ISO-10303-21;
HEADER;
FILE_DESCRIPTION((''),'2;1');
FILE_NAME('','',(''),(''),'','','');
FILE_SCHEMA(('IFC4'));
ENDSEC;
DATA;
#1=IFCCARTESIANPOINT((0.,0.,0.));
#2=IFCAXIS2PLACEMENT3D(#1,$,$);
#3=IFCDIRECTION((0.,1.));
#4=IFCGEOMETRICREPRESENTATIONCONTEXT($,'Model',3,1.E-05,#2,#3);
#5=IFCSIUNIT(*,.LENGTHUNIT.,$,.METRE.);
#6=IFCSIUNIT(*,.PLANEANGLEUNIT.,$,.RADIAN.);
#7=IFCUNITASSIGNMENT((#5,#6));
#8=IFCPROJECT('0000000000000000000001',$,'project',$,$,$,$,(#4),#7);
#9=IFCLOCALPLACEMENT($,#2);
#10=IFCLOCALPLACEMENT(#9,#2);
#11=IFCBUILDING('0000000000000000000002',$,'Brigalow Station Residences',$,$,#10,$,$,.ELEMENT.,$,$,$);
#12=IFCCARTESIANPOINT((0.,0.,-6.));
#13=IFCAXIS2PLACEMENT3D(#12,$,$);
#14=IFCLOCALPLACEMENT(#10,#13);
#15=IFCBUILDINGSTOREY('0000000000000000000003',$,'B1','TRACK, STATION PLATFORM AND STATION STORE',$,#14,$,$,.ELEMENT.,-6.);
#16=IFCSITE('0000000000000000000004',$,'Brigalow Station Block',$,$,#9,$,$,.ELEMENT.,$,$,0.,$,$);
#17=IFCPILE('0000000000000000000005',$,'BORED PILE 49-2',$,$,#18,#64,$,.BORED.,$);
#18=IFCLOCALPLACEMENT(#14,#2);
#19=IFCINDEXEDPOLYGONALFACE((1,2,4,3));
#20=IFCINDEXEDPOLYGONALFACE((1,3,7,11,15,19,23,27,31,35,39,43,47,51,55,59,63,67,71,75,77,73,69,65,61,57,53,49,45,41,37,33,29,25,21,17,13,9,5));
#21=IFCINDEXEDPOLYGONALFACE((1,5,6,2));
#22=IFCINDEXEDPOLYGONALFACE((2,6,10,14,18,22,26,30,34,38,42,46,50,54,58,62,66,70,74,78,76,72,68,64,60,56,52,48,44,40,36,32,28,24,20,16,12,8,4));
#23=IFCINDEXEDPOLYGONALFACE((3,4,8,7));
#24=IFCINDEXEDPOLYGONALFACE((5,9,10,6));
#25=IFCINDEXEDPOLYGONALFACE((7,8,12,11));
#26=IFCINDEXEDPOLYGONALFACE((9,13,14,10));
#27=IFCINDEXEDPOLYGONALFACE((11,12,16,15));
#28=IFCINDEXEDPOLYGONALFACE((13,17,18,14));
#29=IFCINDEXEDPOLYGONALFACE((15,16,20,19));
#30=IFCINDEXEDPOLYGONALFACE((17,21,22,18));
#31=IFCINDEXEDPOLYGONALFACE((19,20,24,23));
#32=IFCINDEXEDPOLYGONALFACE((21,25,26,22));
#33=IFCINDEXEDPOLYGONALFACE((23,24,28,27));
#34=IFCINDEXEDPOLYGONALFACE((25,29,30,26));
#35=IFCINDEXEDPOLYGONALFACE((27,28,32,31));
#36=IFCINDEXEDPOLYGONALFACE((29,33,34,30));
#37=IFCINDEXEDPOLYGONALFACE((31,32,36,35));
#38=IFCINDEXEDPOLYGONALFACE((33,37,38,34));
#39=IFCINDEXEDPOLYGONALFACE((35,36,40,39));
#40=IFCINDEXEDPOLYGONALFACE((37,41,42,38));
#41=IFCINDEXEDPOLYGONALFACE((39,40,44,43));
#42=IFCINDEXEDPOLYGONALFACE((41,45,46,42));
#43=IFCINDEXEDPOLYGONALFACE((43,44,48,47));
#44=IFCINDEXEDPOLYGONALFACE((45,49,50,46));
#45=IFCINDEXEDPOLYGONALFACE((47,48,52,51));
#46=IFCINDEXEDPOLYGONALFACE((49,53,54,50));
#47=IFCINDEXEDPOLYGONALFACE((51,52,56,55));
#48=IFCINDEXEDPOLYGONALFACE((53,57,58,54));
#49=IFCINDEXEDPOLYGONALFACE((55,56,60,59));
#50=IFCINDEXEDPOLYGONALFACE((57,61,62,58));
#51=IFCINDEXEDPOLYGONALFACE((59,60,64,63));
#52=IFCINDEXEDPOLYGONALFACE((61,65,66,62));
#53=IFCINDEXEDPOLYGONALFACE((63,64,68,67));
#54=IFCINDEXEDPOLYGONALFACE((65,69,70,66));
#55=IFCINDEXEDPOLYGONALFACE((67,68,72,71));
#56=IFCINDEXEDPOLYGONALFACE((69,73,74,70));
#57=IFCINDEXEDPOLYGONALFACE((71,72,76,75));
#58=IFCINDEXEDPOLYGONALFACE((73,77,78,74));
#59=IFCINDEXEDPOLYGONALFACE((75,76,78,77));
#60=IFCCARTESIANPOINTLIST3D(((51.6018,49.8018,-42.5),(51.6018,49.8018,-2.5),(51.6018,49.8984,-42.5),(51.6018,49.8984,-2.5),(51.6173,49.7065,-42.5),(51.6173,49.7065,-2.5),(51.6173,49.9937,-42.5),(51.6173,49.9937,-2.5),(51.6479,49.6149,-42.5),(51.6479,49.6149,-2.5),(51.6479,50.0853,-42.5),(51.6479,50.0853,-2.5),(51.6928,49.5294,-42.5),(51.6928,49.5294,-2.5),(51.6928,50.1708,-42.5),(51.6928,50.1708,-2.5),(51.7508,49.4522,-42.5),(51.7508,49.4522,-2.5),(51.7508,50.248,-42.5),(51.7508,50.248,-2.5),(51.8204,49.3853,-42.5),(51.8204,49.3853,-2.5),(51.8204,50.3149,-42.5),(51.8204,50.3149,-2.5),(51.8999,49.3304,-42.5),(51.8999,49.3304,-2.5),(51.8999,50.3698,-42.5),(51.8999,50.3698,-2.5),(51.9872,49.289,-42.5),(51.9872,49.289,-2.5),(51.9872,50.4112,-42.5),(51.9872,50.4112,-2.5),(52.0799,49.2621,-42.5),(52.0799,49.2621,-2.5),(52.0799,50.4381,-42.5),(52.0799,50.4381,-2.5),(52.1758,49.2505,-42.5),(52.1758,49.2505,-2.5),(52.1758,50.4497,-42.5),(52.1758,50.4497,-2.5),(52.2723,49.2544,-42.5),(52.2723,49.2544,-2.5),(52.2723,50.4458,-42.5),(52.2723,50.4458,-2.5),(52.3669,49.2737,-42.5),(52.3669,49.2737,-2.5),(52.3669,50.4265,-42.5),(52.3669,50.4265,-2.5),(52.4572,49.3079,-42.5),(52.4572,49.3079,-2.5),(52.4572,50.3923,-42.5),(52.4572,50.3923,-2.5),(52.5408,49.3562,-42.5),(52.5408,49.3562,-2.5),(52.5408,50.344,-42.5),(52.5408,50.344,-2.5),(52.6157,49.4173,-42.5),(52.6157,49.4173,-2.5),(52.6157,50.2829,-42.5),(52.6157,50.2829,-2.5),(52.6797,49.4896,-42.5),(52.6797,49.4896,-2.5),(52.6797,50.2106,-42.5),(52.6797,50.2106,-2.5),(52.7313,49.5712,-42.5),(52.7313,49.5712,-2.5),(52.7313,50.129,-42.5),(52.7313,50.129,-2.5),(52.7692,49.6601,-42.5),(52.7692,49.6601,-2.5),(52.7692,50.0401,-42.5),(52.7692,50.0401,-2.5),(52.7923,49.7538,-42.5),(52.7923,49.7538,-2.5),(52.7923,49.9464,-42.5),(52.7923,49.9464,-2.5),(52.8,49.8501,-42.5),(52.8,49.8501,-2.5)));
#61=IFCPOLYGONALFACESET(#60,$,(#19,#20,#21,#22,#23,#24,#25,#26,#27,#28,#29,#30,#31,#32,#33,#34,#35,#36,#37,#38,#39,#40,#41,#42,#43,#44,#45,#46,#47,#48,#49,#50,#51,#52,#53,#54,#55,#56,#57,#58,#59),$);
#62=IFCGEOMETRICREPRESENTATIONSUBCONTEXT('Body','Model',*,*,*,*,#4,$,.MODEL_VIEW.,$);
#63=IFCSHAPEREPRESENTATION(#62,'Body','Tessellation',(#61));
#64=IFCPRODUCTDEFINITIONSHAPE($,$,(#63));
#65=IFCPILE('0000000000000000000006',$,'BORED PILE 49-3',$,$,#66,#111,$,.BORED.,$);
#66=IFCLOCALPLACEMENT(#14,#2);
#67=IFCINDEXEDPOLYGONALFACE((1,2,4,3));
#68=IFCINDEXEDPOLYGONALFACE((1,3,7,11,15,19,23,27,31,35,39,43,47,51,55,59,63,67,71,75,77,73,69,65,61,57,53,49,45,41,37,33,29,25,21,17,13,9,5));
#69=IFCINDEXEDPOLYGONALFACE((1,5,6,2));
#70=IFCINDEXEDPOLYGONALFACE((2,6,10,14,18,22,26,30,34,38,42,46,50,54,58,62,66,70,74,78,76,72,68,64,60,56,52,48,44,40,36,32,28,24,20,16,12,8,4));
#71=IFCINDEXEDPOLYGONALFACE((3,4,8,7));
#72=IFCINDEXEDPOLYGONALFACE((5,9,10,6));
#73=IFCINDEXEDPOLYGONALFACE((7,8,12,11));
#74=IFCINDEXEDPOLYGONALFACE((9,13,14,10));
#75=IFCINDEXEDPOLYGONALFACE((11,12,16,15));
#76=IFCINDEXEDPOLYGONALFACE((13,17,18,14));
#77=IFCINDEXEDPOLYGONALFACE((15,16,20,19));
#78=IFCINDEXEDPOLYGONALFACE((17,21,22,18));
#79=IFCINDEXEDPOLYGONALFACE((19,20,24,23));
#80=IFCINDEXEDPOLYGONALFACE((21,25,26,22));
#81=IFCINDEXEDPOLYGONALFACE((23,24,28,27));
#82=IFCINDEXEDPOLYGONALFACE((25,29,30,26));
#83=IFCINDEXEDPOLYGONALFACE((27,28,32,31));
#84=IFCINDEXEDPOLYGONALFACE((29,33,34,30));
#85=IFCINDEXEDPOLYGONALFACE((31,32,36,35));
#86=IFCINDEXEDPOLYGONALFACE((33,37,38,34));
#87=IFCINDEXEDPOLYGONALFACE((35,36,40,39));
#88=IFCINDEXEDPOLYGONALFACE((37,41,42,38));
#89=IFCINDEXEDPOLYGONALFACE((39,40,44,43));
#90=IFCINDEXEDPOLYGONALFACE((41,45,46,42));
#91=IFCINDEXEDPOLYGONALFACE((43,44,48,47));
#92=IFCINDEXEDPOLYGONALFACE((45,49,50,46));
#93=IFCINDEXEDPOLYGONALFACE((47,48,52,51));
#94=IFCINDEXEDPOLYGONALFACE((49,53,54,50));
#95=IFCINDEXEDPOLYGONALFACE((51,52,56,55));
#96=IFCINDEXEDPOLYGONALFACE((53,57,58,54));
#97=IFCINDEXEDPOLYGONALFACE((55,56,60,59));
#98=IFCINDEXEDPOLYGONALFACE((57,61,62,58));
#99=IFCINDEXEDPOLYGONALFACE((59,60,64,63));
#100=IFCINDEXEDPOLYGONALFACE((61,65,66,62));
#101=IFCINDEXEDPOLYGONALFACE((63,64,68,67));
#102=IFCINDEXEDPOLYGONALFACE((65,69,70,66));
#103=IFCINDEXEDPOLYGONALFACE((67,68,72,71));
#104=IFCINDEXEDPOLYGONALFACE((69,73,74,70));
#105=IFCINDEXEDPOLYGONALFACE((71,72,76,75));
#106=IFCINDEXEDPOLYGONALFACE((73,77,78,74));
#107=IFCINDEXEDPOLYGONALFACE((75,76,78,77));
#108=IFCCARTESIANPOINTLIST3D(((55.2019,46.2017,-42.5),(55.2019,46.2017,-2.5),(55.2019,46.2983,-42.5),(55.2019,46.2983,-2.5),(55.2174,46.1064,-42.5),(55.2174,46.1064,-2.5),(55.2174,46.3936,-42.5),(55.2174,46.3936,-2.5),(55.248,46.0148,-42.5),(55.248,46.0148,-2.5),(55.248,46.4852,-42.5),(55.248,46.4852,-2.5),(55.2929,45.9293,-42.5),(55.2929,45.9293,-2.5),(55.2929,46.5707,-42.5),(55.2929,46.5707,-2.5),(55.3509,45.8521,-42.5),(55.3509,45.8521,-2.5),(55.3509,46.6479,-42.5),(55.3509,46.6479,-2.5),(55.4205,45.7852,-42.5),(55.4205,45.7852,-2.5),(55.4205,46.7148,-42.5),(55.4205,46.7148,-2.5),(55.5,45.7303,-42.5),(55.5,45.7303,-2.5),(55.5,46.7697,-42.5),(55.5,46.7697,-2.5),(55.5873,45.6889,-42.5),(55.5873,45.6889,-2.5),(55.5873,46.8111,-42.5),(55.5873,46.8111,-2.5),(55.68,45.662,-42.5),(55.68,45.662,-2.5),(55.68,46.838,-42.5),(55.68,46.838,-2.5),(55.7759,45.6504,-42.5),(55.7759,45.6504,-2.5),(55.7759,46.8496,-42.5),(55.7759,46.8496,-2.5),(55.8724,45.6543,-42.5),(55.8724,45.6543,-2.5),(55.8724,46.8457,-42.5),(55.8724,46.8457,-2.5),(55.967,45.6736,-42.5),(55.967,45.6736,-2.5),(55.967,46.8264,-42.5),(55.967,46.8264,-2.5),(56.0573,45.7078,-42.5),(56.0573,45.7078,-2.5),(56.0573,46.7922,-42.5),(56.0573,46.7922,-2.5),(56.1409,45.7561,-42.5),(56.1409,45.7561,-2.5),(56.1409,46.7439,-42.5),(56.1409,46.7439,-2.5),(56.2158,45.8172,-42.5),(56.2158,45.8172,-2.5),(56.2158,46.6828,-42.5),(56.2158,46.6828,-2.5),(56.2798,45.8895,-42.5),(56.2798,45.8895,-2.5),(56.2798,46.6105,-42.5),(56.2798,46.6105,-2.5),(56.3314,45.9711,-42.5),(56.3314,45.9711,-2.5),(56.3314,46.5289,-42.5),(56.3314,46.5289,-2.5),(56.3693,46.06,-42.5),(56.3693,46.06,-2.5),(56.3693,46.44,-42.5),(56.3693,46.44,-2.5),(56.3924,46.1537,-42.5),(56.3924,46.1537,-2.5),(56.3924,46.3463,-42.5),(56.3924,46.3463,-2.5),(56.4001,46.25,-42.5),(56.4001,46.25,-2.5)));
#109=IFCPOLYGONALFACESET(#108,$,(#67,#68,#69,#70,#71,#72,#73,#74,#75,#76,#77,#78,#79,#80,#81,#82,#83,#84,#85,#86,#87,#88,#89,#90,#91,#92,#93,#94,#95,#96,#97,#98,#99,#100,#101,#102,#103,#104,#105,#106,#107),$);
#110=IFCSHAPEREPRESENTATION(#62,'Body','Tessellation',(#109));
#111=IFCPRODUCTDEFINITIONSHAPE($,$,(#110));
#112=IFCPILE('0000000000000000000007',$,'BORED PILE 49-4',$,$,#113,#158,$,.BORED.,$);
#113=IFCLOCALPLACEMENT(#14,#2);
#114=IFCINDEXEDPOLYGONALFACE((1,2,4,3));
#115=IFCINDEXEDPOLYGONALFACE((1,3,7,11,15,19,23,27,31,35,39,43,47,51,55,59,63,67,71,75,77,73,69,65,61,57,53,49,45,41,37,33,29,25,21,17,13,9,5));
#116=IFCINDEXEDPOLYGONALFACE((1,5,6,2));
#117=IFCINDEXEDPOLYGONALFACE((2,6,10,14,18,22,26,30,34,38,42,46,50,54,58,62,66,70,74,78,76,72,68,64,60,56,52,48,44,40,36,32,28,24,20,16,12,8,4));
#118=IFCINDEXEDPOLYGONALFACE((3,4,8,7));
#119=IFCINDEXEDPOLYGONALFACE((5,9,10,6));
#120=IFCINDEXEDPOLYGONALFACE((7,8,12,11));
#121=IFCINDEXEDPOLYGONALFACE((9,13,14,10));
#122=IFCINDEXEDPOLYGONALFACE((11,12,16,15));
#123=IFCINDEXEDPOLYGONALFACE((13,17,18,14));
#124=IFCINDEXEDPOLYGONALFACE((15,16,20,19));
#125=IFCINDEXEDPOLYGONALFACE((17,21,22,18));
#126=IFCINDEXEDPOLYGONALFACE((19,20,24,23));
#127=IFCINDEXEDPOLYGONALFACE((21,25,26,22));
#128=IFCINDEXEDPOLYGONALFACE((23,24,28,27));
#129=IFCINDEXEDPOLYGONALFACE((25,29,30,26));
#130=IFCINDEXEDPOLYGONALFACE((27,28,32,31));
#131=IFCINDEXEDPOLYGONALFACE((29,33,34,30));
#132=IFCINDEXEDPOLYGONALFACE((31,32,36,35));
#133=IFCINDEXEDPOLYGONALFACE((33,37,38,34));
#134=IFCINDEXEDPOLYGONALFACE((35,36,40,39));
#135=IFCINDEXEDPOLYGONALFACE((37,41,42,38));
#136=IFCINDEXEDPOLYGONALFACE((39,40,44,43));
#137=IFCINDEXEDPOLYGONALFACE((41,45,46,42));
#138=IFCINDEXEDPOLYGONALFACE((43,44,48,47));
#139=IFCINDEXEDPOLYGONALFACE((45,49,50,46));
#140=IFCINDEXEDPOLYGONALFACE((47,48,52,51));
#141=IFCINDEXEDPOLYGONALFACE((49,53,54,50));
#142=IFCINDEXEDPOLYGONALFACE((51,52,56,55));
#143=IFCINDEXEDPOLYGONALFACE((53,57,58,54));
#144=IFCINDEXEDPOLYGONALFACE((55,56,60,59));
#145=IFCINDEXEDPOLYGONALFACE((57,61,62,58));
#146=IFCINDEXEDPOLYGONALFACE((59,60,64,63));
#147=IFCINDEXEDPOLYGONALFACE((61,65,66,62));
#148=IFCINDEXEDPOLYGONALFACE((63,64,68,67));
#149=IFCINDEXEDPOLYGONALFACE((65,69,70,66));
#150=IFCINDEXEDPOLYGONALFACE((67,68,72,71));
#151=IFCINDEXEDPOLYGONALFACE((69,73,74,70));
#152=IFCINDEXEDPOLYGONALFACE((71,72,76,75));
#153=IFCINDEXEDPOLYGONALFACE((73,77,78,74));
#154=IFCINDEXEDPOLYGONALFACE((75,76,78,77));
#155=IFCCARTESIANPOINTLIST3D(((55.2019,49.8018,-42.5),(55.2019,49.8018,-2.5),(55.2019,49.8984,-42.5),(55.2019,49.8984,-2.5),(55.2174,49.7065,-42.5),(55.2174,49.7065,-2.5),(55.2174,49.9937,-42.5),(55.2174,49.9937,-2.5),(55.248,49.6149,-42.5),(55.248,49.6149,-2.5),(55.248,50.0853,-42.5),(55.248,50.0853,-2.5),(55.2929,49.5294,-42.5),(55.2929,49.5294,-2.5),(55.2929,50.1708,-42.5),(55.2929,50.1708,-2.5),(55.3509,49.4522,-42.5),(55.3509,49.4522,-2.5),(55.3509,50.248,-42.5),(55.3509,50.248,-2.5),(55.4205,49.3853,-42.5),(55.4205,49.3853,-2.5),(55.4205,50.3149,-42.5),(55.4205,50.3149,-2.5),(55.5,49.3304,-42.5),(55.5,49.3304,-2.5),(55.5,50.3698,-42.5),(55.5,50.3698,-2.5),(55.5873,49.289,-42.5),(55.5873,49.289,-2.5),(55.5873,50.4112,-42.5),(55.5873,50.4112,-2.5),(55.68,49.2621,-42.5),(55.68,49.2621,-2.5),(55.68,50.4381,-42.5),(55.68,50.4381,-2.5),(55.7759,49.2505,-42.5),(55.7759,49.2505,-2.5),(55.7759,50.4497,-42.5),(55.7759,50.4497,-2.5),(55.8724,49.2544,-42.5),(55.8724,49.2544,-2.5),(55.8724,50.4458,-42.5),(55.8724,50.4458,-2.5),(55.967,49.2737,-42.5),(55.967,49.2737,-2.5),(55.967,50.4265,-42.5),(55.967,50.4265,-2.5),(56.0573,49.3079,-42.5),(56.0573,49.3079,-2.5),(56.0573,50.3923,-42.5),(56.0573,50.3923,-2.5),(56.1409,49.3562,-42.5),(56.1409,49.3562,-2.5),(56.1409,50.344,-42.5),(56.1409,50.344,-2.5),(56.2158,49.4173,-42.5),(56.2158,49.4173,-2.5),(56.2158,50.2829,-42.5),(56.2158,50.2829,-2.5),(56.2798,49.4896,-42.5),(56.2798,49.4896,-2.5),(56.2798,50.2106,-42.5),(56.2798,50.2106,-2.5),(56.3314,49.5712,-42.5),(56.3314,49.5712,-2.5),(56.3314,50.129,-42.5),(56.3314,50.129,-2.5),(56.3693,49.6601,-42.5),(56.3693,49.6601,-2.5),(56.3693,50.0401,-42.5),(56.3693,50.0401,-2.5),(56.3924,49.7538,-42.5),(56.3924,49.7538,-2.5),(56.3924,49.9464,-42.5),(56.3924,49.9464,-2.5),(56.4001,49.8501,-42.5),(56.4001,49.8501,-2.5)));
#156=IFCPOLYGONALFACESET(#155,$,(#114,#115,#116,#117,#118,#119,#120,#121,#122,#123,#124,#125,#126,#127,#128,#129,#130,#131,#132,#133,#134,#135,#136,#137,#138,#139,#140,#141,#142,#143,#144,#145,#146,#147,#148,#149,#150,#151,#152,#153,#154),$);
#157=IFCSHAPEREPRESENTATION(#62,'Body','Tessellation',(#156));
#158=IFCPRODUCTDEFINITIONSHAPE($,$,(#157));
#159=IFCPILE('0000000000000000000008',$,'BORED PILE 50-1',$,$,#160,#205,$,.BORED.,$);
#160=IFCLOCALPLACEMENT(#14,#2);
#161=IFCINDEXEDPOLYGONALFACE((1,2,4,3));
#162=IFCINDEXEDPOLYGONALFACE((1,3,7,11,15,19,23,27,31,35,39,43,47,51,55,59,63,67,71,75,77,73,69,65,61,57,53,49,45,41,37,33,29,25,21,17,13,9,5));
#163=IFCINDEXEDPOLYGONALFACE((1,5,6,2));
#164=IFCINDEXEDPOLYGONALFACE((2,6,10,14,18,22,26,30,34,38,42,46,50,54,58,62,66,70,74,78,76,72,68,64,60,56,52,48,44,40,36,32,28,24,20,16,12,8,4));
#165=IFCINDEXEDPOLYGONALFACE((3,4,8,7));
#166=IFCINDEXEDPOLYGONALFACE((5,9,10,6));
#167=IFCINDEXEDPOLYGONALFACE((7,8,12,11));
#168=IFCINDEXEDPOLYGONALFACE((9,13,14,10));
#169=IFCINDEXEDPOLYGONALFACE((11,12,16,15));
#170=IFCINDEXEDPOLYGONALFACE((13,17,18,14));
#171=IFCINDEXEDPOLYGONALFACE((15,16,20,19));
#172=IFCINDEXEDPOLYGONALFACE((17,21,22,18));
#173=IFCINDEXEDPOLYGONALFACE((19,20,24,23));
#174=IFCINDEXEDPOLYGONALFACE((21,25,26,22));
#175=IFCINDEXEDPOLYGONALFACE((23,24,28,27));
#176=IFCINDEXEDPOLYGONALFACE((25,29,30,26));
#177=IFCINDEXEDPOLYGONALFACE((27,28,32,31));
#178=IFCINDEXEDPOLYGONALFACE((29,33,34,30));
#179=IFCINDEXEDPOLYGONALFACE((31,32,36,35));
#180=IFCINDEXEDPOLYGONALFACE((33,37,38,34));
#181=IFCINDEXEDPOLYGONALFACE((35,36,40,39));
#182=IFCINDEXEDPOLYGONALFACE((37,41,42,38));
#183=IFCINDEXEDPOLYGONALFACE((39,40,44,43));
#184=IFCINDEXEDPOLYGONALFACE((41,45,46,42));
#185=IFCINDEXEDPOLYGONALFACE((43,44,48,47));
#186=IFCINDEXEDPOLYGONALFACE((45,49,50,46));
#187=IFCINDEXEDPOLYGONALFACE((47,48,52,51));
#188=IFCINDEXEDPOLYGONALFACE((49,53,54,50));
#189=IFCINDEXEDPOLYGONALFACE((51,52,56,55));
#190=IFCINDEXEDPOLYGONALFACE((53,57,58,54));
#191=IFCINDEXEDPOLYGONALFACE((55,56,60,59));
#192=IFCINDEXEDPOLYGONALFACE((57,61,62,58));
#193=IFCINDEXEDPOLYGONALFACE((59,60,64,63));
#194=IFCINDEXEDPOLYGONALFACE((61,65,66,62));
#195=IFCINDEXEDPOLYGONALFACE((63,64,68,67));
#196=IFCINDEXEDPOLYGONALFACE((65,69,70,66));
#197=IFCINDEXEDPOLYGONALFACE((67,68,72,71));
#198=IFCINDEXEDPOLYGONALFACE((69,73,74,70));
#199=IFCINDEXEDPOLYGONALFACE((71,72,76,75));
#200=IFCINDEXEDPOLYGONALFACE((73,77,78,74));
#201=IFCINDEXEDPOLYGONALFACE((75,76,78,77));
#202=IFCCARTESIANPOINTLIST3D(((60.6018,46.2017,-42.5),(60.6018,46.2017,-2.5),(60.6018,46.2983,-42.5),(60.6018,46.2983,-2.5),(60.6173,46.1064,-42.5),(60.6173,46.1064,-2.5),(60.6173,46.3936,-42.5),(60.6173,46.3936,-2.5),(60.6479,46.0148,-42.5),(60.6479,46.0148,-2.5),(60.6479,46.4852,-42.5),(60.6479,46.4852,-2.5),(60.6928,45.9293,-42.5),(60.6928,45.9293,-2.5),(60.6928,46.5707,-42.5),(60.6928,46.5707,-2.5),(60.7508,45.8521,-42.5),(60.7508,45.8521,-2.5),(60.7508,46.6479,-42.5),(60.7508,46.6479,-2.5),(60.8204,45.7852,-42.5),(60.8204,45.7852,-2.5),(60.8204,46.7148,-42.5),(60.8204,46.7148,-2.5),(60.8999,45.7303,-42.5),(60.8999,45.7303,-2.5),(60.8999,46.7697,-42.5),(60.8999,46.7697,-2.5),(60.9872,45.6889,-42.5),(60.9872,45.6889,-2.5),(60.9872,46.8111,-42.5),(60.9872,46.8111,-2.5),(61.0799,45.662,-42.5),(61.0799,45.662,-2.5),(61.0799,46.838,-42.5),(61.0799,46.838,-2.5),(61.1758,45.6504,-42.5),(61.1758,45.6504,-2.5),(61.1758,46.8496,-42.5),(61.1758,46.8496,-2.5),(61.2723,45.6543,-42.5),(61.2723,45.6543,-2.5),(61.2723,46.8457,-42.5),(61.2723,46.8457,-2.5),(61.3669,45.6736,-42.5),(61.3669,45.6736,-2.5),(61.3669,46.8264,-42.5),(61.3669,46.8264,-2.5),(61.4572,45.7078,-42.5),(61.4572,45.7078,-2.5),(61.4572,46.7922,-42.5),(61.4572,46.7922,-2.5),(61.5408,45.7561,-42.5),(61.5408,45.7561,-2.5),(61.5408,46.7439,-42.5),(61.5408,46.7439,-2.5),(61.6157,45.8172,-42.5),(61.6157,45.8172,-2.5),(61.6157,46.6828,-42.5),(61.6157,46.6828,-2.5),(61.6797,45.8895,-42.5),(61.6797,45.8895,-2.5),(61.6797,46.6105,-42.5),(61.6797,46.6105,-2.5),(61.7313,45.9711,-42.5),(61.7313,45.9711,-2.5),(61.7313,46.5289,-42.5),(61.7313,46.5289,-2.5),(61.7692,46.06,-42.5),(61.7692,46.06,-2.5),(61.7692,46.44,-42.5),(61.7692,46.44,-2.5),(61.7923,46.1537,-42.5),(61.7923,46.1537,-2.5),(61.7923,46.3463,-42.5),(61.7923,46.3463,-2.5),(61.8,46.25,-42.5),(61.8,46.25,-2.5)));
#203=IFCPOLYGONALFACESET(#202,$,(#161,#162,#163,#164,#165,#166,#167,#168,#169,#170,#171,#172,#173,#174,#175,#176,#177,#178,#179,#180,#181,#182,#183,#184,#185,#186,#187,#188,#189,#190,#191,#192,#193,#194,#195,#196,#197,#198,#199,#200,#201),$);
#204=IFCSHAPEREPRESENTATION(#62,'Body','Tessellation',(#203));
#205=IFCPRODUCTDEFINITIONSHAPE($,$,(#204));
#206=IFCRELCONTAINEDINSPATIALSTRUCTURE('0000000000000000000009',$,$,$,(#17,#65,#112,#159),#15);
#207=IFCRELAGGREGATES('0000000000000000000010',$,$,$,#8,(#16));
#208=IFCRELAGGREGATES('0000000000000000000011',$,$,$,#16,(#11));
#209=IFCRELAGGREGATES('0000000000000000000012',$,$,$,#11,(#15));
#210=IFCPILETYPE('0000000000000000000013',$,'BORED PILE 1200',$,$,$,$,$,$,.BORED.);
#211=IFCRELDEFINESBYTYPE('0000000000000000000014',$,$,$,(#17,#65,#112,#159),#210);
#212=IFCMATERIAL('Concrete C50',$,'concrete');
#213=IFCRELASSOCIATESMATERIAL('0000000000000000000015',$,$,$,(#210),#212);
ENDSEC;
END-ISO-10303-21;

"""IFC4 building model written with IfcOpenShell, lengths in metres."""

from ifc_helpers import new_model, si_unit, direction, frame, origin, origin_2d, place, context, subcontext, project, spatial, circle, extrude, material, material_profile, profile_set, type_object, element, save


model = new_model("IFC4")

# Units and contexts
model_context = context("Model", 3, precision=1e-05, world=origin(), true_north=direction((0.0, 1.0)))
body_context = subcontext(model_context, "Body", "Model", "MODEL_VIEW")
ifc_project = project(units=[si_unit("LENGTHUNIT", "METRE"), si_unit("PLANEANGLEUNIT", "RADIAN")], contexts=[model_context])

# Site, building, storey
site_placement = place(None, origin())
site = spatial("IfcSite", under=ifc_project, at=site_placement, Name="Brigalow Station Block", CompositionType="ELEMENT", RefElevation=0.0)
building_placement = place(site_placement, origin())
building = spatial("IfcBuilding", under=site, at=building_placement, Name="Brigalow Station Residences", CompositionType="ELEMENT")
storey_placement = place(building_placement, frame((0.0, 0.0, -6.0)))
storey = spatial("IfcBuildingStorey", under=building, at=storey_placement, Name="B1", Description="TRACK, STATION PLATFORM AND STATION STORE", CompositionType="ELEMENT", Elevation=-6.0)

# Piles
ifc_material_1 = material(Name="Concrete C50", Category="concrete")
ifc_material_profile_1 = material_profile(ifc_material_1, circle(Radius=0.6001, at=origin_2d()), Name="BP1200")
ifc_profile_set_1 = profile_set([ifc_material_profile_1], Name="Concrete C50")
pile_type_1 = type_object("IfcPileType", Name="BORED PILE 1200", PredefinedType="BORED", material=ifc_profile_set_1)
for number, where, z_axis, x_axis, name in (
    (1, (52.2, 49.8501, -2.5), (0.0, 0.0, -1.0), (1.0, 0.0, 0.0), "BORED PILE 49-2"),
    (2, (55.8, 46.25, -2.5), (0.0, 0.0, -1.0), (1.0, 0.0, 0.0), "BORED PILE 49-3"),
    (3, (55.8, 49.8501, -2.5), (0.0, 0.0, -1.0), (1.0, 0.0, 0.0), "BORED PILE 49-4"),
    (4, (61.2, 46.25, -2.5), (0.0, 0.0, -1.0), (1.0, 0.0, 0.0), "BORED PILE 50-1"),
):
    element("IfcPile", number, at=place(storey_placement, frame(where, z_axis=z_axis, x_axis=x_axis)), inside=storey, type_object=pile_type_1, Name=name, PredefinedType="BORED", context=body_context, shape_type="SweptSolid", body=[
        extrude(circle(Radius=0.6001, at=origin_2d()), origin(), (0.0, 0.0, 1.0), 40.0),
    ])

save(model, "model.ifc")
